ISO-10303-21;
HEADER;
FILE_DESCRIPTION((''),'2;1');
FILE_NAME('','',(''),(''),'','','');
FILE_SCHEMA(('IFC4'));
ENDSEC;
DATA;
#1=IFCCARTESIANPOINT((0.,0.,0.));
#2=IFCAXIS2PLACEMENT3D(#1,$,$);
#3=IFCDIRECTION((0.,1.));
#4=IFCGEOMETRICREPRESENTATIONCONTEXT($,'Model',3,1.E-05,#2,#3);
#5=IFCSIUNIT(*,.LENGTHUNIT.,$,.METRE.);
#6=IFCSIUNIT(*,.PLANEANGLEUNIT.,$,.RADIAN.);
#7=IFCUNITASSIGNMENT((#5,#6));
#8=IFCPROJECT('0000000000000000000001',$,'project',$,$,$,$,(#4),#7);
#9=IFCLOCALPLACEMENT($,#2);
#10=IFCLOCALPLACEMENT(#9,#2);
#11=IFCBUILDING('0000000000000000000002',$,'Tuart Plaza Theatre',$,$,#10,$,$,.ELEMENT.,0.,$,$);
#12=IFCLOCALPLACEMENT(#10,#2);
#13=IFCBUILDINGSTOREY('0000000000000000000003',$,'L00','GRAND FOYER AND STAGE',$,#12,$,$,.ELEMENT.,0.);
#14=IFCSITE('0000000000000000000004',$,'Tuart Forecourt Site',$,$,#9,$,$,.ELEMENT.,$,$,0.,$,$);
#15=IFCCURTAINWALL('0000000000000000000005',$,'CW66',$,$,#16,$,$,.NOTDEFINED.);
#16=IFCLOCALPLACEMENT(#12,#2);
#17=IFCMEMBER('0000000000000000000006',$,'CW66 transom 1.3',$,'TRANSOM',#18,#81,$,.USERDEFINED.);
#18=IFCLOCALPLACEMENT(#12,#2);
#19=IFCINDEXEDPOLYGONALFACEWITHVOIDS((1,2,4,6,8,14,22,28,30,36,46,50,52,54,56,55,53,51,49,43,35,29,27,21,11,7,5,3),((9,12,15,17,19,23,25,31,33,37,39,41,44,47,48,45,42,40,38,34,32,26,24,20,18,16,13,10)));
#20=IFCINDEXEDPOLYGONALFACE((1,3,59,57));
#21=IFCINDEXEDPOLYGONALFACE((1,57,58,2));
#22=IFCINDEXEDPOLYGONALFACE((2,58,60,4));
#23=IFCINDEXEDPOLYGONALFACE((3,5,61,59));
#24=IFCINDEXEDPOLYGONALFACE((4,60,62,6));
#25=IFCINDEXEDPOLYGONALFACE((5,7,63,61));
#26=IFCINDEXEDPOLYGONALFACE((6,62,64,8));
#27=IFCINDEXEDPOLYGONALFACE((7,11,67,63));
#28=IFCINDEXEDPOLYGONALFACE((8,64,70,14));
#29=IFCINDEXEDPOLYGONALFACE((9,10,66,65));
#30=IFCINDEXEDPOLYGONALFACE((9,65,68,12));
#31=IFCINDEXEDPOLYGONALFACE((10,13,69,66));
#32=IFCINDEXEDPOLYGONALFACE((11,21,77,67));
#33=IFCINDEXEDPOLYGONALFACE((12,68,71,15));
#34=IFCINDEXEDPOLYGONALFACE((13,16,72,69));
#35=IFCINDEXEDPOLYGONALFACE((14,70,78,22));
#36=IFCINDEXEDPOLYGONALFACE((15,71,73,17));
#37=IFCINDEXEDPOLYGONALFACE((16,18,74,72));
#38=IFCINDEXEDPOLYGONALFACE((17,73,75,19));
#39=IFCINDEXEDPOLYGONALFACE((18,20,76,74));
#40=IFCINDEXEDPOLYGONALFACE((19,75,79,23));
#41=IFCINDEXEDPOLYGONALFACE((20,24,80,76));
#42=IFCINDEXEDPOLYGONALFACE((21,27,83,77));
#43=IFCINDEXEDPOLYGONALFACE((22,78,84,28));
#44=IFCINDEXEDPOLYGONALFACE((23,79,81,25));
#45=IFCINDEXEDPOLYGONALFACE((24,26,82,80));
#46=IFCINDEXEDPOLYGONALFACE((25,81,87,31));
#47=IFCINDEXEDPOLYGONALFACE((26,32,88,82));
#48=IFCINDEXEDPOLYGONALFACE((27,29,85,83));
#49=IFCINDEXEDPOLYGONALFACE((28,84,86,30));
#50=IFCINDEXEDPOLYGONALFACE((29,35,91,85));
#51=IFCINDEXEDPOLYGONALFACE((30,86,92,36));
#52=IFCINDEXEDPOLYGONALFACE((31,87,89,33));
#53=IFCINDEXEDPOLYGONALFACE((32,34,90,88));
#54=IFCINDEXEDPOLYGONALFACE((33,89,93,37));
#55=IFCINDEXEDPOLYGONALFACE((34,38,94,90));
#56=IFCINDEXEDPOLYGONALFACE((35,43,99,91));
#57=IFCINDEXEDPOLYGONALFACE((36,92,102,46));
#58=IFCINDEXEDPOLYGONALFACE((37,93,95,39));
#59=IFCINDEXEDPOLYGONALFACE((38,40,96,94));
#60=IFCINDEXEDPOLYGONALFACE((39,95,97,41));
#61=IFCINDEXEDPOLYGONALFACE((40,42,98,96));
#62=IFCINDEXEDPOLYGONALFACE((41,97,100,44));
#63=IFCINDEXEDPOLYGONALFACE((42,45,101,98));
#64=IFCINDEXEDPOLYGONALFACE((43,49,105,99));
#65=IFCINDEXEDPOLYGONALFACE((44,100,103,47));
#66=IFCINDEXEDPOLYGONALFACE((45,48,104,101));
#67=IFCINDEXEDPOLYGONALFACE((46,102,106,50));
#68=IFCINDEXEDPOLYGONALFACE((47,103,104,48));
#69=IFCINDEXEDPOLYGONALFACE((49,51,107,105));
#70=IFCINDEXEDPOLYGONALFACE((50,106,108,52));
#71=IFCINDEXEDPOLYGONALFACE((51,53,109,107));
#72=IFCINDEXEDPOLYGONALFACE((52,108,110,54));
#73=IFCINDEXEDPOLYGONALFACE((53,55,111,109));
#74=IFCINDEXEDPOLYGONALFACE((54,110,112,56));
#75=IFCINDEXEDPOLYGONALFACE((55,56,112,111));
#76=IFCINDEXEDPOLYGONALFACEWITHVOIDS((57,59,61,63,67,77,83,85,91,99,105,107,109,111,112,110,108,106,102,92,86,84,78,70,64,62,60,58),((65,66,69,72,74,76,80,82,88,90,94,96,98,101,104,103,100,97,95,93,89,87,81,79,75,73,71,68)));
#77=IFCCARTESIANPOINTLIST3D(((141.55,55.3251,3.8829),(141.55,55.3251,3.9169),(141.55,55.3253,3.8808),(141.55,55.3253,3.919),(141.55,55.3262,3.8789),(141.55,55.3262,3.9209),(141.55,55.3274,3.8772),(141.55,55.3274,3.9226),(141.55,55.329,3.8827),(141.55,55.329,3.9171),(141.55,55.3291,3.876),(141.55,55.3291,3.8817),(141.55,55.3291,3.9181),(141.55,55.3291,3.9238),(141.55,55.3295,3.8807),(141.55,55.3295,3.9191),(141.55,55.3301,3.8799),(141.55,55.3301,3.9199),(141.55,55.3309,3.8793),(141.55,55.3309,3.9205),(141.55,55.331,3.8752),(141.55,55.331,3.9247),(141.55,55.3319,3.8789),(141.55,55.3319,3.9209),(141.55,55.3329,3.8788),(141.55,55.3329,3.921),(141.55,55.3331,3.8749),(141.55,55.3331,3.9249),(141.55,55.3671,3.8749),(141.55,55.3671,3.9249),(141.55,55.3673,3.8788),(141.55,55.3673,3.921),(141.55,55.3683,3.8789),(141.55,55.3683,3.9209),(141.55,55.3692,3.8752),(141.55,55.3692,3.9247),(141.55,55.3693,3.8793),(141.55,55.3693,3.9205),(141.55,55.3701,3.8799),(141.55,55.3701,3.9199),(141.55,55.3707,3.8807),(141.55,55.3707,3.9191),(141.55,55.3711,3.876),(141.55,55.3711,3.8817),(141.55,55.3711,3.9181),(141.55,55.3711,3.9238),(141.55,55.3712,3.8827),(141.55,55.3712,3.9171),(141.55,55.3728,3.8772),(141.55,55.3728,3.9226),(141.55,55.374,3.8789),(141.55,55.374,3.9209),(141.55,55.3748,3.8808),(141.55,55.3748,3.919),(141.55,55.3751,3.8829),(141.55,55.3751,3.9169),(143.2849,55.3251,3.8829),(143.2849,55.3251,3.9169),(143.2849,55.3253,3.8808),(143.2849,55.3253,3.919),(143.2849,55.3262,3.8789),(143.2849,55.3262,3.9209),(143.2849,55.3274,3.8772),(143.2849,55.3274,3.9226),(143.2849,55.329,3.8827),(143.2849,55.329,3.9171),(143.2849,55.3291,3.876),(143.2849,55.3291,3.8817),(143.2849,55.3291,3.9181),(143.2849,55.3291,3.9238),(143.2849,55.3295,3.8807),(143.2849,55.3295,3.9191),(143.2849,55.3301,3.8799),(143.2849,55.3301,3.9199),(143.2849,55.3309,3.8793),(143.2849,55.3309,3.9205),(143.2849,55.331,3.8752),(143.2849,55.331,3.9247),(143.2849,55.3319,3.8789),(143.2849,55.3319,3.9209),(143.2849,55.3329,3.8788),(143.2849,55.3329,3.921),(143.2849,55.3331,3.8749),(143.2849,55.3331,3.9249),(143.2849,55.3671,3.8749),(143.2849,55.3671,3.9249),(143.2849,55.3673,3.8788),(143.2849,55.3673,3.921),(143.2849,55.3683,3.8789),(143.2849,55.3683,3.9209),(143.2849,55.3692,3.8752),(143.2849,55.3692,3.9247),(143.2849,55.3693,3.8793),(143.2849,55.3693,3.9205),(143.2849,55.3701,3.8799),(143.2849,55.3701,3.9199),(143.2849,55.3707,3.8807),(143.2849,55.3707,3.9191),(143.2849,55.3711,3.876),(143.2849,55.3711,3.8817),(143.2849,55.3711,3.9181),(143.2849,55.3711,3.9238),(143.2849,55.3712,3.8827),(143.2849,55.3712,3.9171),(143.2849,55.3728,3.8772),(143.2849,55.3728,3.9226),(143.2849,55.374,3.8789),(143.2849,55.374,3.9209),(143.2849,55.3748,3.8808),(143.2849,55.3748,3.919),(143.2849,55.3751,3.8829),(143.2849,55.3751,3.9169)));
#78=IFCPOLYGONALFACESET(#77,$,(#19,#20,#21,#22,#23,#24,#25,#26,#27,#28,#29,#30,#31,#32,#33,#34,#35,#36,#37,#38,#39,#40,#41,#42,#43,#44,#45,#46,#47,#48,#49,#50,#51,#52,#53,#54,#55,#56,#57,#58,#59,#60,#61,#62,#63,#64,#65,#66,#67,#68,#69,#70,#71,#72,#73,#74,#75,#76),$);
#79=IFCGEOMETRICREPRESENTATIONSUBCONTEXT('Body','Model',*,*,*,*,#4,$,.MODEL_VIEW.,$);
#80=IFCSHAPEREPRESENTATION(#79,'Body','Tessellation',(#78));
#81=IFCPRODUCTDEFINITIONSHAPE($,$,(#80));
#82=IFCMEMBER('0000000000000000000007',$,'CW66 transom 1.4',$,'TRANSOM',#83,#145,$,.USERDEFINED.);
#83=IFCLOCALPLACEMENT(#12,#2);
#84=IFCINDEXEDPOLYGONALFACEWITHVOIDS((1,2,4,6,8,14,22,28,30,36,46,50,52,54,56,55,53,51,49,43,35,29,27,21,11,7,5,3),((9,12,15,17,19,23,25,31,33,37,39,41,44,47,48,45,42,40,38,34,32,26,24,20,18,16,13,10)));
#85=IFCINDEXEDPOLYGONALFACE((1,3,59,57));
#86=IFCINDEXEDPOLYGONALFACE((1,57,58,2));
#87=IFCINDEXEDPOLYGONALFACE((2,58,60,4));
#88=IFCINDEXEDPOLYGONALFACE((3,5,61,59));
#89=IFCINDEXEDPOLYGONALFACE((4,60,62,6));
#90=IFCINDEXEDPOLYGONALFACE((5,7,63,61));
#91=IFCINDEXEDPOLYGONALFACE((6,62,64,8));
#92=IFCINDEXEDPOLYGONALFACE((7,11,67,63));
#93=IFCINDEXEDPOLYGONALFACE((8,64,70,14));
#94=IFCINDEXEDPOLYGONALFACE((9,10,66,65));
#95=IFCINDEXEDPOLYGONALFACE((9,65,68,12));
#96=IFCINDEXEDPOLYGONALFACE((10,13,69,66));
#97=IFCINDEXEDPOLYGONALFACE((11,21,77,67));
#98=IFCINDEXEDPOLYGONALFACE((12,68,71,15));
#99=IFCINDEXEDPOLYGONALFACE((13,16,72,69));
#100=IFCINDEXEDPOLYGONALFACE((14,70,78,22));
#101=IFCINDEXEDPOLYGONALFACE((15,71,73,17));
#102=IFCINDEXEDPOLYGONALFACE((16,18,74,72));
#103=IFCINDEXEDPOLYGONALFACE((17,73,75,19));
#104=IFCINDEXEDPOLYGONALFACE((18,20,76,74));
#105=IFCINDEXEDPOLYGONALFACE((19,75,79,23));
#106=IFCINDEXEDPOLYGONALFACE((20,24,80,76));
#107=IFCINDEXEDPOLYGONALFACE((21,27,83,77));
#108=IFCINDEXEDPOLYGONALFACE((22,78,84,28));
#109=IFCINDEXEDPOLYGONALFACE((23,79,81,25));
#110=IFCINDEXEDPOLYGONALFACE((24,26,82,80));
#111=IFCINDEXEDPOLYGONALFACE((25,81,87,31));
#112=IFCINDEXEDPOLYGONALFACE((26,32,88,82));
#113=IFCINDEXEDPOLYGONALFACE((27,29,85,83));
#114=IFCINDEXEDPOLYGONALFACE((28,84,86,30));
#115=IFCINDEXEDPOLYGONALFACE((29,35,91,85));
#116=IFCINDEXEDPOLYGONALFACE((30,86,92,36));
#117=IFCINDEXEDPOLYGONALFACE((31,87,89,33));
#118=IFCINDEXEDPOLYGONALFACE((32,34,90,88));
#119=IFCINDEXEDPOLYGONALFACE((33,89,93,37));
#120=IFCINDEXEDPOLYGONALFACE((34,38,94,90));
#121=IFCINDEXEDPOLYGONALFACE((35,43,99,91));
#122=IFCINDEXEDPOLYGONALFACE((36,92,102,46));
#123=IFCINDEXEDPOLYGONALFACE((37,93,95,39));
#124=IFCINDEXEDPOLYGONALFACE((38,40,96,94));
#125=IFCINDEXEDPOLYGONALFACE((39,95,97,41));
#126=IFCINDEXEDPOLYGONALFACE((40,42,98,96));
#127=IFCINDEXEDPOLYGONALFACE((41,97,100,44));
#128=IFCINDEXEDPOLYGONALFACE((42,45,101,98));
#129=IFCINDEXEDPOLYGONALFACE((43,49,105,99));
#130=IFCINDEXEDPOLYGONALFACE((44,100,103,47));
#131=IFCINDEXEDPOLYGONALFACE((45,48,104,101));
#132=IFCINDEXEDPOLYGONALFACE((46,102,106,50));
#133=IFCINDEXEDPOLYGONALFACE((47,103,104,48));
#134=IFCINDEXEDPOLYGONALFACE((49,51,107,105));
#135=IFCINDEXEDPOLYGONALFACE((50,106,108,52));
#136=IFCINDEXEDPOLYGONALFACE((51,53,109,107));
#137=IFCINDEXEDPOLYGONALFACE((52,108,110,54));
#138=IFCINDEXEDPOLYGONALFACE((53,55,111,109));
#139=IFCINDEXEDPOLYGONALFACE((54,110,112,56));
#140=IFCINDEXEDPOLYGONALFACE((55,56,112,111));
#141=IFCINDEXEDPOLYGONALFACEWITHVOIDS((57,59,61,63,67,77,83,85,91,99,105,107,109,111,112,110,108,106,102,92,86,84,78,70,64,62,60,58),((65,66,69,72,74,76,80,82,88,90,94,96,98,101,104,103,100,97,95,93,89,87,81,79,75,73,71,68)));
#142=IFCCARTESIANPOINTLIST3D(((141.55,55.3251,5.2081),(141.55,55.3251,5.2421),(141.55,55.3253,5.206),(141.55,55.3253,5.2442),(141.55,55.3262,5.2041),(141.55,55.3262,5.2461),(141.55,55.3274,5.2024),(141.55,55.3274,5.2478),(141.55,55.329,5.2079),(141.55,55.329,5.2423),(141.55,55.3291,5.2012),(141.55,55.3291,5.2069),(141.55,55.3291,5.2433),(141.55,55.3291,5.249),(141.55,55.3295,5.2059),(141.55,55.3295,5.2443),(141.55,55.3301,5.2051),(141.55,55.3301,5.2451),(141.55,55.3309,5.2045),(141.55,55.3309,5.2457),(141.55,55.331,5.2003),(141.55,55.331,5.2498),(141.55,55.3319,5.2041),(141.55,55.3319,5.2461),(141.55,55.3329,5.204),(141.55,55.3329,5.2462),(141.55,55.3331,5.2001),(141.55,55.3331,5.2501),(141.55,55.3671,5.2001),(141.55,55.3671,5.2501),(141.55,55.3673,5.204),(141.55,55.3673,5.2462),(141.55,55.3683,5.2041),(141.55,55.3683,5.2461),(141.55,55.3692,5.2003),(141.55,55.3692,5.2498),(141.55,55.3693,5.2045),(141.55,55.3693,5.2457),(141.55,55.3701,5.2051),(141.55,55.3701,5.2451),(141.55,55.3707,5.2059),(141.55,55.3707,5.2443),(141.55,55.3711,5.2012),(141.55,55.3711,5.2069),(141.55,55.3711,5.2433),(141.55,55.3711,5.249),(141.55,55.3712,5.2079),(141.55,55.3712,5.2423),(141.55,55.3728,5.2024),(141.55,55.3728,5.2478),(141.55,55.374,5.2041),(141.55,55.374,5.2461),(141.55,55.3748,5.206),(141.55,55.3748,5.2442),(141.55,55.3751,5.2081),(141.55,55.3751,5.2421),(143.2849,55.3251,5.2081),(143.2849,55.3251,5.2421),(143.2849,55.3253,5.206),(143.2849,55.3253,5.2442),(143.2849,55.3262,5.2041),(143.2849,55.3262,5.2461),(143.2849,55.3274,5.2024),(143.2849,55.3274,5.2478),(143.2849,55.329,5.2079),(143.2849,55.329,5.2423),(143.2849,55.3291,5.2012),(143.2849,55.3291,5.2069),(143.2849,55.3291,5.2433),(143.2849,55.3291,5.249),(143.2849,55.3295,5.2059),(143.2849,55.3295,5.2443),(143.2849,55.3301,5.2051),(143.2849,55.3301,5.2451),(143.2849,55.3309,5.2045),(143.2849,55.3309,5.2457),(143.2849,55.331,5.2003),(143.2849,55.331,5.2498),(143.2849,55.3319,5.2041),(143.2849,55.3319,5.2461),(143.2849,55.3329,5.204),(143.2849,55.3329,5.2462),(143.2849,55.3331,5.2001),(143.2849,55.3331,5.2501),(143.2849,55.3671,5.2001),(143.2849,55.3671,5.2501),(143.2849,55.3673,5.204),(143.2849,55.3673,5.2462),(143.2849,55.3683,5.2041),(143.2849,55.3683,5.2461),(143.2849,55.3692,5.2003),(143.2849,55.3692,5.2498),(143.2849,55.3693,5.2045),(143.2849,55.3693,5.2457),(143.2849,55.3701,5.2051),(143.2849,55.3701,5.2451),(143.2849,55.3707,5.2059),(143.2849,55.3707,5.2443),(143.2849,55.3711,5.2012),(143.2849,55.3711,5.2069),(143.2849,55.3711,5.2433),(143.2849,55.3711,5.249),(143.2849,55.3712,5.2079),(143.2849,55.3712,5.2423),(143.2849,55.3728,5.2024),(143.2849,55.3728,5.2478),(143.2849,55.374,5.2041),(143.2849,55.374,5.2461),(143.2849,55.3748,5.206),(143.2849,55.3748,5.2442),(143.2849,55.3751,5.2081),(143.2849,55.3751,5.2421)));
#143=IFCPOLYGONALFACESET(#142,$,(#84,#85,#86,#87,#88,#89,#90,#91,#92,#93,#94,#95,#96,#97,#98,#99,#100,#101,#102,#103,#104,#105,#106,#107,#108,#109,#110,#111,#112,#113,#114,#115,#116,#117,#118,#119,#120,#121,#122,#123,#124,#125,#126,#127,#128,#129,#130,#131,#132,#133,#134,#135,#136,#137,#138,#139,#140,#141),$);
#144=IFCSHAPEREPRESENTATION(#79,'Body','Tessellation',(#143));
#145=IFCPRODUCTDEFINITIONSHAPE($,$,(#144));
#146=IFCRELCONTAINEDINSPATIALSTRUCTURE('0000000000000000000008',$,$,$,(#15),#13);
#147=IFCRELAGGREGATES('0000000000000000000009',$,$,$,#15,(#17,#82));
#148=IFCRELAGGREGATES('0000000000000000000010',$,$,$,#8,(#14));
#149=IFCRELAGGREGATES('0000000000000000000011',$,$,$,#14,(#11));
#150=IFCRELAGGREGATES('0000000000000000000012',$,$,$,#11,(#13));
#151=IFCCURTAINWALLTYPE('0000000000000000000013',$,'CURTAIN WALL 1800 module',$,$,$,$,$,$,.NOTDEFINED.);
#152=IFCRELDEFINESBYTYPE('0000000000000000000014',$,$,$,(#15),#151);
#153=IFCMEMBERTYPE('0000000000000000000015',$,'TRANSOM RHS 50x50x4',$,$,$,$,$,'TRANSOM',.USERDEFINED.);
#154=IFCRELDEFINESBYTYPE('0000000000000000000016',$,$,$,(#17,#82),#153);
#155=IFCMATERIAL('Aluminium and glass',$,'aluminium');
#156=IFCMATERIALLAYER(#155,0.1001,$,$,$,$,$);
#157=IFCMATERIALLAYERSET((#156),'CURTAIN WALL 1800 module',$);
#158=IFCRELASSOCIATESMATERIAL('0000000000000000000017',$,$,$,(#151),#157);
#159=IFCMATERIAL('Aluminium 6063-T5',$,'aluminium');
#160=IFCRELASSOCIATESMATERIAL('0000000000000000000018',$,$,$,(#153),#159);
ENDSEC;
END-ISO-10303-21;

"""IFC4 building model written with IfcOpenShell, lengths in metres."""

from ifc_helpers import new_model, si_unit, direction, frame, origin, origin_2d, place, context, subcontext, project, spatial, hollow_rectangle, extrude, material, layer, layer_set, material_profile, profile_set, type_object, element, aggregate, save


model = new_model("IFC4")

# Units and contexts
model_context = context("Model", 3, precision=1e-05, world=origin(), true_north=direction((0.0, 1.0)))
body_context = subcontext(model_context, "Body", "Model", "MODEL_VIEW")
ifc_project = project(units=[si_unit("LENGTHUNIT", "METRE"), si_unit("PLANEANGLEUNIT", "RADIAN")], contexts=[model_context])

# Site, building, storey
site_placement = place(None, origin())
site = spatial("IfcSite", under=ifc_project, at=site_placement, Name="Tuart Forecourt Site", CompositionType="ELEMENT", RefElevation=0.0)
building_placement = place(site_placement, origin())
building = spatial("IfcBuilding", under=site, at=building_placement, Name="Tuart Plaza Theatre", CompositionType="ELEMENT", ElevationOfRefHeight=0.0)
storey_placement = place(building_placement, origin())
storey = spatial("IfcBuildingStorey", under=building, at=storey_placement, Name="L00", Description="GRAND FOYER AND STAGE", CompositionType="ELEMENT", Elevation=0.0)

# Curtain wall
ifc_material_1 = material(Name="Aluminium and glass", Category="aluminium")
ifc_layer_1 = layer(ifc_material_1, 0.1001)
ifc_layer_set_1 = layer_set([ifc_layer_1], Name="CURTAIN WALL 1800 module")
curtain_wall_type_1 = type_object("IfcCurtainWallType", Name="CURTAIN WALL 1800 module", PredefinedType="NOTDEFINED", material=ifc_layer_set_1)
curtain_wall_1_placement = place(storey_placement, origin())
curtain_wall_1 = element("IfcCurtainWall", 1, at=curtain_wall_1_placement, inside=storey, type_object=curtain_wall_type_1, Name="CW66", PredefinedType="NOTDEFINED")

# Members
ifc_material_2 = material(Name="Aluminium 6063-T5", Category="aluminium")
ifc_material_profile_1 = material_profile(ifc_material_2, hollow_rectangle(XDim=0.05, YDim=0.05, WallThickness=0.0039, InnerFilletRadius=0.0039, OuterFilletRadius=0.0081, at=origin_2d()), Name="RHS 50x50x4")
ifc_profile_set_1 = profile_set([ifc_material_profile_1], Name="Aluminium 6063-T5")
member_type_1 = type_object("IfcMemberType", Name="TRANSOM RHS 50x50x4", ElementType="TRANSOM", PredefinedType="USERDEFINED", material=ifc_profile_set_1)
member_1_placement = place(storey_placement, frame((141.55, 55.3501, 3.8999), z_axis=(1.0, 0.0, 0.0), x_axis=(0.0, 1.0, 0.0)))
member_1 = element("IfcMember", 2, at=member_1_placement, type_object=member_type_1, Name="CW66 transom 1.3", ObjectType="TRANSOM", PredefinedType="USERDEFINED", context=body_context, shape_type="SweptSolid", body=[
    extrude(hollow_rectangle(XDim=0.05, YDim=0.05, WallThickness=0.0039, InnerFilletRadius=0.0039, OuterFilletRadius=0.0081, at=origin_2d()), origin(), (0.0, 0.0, 1.0), 1.7349),
])
member_2_placement = place(storey_placement, frame((141.55, 55.3501, 5.2251), z_axis=(1.0, 0.0, 0.0), x_axis=(0.0, 1.0, 0.0)))
member_2 = element("IfcMember", 3, at=member_2_placement, type_object=member_type_1, Name="CW66 transom 1.4", ObjectType="TRANSOM", PredefinedType="USERDEFINED", context=body_context, shape_type="SweptSolid", body=[
    extrude(hollow_rectangle(XDim=0.05, YDim=0.05, WallThickness=0.0039, InnerFilletRadius=0.0039, OuterFilletRadius=0.0081, at=origin_2d()), origin(), (0.0, 0.0, 1.0), 1.7349),
])

aggregate(curtain_wall_1, [member_1, member_2])

save(model, "model.ifc")
